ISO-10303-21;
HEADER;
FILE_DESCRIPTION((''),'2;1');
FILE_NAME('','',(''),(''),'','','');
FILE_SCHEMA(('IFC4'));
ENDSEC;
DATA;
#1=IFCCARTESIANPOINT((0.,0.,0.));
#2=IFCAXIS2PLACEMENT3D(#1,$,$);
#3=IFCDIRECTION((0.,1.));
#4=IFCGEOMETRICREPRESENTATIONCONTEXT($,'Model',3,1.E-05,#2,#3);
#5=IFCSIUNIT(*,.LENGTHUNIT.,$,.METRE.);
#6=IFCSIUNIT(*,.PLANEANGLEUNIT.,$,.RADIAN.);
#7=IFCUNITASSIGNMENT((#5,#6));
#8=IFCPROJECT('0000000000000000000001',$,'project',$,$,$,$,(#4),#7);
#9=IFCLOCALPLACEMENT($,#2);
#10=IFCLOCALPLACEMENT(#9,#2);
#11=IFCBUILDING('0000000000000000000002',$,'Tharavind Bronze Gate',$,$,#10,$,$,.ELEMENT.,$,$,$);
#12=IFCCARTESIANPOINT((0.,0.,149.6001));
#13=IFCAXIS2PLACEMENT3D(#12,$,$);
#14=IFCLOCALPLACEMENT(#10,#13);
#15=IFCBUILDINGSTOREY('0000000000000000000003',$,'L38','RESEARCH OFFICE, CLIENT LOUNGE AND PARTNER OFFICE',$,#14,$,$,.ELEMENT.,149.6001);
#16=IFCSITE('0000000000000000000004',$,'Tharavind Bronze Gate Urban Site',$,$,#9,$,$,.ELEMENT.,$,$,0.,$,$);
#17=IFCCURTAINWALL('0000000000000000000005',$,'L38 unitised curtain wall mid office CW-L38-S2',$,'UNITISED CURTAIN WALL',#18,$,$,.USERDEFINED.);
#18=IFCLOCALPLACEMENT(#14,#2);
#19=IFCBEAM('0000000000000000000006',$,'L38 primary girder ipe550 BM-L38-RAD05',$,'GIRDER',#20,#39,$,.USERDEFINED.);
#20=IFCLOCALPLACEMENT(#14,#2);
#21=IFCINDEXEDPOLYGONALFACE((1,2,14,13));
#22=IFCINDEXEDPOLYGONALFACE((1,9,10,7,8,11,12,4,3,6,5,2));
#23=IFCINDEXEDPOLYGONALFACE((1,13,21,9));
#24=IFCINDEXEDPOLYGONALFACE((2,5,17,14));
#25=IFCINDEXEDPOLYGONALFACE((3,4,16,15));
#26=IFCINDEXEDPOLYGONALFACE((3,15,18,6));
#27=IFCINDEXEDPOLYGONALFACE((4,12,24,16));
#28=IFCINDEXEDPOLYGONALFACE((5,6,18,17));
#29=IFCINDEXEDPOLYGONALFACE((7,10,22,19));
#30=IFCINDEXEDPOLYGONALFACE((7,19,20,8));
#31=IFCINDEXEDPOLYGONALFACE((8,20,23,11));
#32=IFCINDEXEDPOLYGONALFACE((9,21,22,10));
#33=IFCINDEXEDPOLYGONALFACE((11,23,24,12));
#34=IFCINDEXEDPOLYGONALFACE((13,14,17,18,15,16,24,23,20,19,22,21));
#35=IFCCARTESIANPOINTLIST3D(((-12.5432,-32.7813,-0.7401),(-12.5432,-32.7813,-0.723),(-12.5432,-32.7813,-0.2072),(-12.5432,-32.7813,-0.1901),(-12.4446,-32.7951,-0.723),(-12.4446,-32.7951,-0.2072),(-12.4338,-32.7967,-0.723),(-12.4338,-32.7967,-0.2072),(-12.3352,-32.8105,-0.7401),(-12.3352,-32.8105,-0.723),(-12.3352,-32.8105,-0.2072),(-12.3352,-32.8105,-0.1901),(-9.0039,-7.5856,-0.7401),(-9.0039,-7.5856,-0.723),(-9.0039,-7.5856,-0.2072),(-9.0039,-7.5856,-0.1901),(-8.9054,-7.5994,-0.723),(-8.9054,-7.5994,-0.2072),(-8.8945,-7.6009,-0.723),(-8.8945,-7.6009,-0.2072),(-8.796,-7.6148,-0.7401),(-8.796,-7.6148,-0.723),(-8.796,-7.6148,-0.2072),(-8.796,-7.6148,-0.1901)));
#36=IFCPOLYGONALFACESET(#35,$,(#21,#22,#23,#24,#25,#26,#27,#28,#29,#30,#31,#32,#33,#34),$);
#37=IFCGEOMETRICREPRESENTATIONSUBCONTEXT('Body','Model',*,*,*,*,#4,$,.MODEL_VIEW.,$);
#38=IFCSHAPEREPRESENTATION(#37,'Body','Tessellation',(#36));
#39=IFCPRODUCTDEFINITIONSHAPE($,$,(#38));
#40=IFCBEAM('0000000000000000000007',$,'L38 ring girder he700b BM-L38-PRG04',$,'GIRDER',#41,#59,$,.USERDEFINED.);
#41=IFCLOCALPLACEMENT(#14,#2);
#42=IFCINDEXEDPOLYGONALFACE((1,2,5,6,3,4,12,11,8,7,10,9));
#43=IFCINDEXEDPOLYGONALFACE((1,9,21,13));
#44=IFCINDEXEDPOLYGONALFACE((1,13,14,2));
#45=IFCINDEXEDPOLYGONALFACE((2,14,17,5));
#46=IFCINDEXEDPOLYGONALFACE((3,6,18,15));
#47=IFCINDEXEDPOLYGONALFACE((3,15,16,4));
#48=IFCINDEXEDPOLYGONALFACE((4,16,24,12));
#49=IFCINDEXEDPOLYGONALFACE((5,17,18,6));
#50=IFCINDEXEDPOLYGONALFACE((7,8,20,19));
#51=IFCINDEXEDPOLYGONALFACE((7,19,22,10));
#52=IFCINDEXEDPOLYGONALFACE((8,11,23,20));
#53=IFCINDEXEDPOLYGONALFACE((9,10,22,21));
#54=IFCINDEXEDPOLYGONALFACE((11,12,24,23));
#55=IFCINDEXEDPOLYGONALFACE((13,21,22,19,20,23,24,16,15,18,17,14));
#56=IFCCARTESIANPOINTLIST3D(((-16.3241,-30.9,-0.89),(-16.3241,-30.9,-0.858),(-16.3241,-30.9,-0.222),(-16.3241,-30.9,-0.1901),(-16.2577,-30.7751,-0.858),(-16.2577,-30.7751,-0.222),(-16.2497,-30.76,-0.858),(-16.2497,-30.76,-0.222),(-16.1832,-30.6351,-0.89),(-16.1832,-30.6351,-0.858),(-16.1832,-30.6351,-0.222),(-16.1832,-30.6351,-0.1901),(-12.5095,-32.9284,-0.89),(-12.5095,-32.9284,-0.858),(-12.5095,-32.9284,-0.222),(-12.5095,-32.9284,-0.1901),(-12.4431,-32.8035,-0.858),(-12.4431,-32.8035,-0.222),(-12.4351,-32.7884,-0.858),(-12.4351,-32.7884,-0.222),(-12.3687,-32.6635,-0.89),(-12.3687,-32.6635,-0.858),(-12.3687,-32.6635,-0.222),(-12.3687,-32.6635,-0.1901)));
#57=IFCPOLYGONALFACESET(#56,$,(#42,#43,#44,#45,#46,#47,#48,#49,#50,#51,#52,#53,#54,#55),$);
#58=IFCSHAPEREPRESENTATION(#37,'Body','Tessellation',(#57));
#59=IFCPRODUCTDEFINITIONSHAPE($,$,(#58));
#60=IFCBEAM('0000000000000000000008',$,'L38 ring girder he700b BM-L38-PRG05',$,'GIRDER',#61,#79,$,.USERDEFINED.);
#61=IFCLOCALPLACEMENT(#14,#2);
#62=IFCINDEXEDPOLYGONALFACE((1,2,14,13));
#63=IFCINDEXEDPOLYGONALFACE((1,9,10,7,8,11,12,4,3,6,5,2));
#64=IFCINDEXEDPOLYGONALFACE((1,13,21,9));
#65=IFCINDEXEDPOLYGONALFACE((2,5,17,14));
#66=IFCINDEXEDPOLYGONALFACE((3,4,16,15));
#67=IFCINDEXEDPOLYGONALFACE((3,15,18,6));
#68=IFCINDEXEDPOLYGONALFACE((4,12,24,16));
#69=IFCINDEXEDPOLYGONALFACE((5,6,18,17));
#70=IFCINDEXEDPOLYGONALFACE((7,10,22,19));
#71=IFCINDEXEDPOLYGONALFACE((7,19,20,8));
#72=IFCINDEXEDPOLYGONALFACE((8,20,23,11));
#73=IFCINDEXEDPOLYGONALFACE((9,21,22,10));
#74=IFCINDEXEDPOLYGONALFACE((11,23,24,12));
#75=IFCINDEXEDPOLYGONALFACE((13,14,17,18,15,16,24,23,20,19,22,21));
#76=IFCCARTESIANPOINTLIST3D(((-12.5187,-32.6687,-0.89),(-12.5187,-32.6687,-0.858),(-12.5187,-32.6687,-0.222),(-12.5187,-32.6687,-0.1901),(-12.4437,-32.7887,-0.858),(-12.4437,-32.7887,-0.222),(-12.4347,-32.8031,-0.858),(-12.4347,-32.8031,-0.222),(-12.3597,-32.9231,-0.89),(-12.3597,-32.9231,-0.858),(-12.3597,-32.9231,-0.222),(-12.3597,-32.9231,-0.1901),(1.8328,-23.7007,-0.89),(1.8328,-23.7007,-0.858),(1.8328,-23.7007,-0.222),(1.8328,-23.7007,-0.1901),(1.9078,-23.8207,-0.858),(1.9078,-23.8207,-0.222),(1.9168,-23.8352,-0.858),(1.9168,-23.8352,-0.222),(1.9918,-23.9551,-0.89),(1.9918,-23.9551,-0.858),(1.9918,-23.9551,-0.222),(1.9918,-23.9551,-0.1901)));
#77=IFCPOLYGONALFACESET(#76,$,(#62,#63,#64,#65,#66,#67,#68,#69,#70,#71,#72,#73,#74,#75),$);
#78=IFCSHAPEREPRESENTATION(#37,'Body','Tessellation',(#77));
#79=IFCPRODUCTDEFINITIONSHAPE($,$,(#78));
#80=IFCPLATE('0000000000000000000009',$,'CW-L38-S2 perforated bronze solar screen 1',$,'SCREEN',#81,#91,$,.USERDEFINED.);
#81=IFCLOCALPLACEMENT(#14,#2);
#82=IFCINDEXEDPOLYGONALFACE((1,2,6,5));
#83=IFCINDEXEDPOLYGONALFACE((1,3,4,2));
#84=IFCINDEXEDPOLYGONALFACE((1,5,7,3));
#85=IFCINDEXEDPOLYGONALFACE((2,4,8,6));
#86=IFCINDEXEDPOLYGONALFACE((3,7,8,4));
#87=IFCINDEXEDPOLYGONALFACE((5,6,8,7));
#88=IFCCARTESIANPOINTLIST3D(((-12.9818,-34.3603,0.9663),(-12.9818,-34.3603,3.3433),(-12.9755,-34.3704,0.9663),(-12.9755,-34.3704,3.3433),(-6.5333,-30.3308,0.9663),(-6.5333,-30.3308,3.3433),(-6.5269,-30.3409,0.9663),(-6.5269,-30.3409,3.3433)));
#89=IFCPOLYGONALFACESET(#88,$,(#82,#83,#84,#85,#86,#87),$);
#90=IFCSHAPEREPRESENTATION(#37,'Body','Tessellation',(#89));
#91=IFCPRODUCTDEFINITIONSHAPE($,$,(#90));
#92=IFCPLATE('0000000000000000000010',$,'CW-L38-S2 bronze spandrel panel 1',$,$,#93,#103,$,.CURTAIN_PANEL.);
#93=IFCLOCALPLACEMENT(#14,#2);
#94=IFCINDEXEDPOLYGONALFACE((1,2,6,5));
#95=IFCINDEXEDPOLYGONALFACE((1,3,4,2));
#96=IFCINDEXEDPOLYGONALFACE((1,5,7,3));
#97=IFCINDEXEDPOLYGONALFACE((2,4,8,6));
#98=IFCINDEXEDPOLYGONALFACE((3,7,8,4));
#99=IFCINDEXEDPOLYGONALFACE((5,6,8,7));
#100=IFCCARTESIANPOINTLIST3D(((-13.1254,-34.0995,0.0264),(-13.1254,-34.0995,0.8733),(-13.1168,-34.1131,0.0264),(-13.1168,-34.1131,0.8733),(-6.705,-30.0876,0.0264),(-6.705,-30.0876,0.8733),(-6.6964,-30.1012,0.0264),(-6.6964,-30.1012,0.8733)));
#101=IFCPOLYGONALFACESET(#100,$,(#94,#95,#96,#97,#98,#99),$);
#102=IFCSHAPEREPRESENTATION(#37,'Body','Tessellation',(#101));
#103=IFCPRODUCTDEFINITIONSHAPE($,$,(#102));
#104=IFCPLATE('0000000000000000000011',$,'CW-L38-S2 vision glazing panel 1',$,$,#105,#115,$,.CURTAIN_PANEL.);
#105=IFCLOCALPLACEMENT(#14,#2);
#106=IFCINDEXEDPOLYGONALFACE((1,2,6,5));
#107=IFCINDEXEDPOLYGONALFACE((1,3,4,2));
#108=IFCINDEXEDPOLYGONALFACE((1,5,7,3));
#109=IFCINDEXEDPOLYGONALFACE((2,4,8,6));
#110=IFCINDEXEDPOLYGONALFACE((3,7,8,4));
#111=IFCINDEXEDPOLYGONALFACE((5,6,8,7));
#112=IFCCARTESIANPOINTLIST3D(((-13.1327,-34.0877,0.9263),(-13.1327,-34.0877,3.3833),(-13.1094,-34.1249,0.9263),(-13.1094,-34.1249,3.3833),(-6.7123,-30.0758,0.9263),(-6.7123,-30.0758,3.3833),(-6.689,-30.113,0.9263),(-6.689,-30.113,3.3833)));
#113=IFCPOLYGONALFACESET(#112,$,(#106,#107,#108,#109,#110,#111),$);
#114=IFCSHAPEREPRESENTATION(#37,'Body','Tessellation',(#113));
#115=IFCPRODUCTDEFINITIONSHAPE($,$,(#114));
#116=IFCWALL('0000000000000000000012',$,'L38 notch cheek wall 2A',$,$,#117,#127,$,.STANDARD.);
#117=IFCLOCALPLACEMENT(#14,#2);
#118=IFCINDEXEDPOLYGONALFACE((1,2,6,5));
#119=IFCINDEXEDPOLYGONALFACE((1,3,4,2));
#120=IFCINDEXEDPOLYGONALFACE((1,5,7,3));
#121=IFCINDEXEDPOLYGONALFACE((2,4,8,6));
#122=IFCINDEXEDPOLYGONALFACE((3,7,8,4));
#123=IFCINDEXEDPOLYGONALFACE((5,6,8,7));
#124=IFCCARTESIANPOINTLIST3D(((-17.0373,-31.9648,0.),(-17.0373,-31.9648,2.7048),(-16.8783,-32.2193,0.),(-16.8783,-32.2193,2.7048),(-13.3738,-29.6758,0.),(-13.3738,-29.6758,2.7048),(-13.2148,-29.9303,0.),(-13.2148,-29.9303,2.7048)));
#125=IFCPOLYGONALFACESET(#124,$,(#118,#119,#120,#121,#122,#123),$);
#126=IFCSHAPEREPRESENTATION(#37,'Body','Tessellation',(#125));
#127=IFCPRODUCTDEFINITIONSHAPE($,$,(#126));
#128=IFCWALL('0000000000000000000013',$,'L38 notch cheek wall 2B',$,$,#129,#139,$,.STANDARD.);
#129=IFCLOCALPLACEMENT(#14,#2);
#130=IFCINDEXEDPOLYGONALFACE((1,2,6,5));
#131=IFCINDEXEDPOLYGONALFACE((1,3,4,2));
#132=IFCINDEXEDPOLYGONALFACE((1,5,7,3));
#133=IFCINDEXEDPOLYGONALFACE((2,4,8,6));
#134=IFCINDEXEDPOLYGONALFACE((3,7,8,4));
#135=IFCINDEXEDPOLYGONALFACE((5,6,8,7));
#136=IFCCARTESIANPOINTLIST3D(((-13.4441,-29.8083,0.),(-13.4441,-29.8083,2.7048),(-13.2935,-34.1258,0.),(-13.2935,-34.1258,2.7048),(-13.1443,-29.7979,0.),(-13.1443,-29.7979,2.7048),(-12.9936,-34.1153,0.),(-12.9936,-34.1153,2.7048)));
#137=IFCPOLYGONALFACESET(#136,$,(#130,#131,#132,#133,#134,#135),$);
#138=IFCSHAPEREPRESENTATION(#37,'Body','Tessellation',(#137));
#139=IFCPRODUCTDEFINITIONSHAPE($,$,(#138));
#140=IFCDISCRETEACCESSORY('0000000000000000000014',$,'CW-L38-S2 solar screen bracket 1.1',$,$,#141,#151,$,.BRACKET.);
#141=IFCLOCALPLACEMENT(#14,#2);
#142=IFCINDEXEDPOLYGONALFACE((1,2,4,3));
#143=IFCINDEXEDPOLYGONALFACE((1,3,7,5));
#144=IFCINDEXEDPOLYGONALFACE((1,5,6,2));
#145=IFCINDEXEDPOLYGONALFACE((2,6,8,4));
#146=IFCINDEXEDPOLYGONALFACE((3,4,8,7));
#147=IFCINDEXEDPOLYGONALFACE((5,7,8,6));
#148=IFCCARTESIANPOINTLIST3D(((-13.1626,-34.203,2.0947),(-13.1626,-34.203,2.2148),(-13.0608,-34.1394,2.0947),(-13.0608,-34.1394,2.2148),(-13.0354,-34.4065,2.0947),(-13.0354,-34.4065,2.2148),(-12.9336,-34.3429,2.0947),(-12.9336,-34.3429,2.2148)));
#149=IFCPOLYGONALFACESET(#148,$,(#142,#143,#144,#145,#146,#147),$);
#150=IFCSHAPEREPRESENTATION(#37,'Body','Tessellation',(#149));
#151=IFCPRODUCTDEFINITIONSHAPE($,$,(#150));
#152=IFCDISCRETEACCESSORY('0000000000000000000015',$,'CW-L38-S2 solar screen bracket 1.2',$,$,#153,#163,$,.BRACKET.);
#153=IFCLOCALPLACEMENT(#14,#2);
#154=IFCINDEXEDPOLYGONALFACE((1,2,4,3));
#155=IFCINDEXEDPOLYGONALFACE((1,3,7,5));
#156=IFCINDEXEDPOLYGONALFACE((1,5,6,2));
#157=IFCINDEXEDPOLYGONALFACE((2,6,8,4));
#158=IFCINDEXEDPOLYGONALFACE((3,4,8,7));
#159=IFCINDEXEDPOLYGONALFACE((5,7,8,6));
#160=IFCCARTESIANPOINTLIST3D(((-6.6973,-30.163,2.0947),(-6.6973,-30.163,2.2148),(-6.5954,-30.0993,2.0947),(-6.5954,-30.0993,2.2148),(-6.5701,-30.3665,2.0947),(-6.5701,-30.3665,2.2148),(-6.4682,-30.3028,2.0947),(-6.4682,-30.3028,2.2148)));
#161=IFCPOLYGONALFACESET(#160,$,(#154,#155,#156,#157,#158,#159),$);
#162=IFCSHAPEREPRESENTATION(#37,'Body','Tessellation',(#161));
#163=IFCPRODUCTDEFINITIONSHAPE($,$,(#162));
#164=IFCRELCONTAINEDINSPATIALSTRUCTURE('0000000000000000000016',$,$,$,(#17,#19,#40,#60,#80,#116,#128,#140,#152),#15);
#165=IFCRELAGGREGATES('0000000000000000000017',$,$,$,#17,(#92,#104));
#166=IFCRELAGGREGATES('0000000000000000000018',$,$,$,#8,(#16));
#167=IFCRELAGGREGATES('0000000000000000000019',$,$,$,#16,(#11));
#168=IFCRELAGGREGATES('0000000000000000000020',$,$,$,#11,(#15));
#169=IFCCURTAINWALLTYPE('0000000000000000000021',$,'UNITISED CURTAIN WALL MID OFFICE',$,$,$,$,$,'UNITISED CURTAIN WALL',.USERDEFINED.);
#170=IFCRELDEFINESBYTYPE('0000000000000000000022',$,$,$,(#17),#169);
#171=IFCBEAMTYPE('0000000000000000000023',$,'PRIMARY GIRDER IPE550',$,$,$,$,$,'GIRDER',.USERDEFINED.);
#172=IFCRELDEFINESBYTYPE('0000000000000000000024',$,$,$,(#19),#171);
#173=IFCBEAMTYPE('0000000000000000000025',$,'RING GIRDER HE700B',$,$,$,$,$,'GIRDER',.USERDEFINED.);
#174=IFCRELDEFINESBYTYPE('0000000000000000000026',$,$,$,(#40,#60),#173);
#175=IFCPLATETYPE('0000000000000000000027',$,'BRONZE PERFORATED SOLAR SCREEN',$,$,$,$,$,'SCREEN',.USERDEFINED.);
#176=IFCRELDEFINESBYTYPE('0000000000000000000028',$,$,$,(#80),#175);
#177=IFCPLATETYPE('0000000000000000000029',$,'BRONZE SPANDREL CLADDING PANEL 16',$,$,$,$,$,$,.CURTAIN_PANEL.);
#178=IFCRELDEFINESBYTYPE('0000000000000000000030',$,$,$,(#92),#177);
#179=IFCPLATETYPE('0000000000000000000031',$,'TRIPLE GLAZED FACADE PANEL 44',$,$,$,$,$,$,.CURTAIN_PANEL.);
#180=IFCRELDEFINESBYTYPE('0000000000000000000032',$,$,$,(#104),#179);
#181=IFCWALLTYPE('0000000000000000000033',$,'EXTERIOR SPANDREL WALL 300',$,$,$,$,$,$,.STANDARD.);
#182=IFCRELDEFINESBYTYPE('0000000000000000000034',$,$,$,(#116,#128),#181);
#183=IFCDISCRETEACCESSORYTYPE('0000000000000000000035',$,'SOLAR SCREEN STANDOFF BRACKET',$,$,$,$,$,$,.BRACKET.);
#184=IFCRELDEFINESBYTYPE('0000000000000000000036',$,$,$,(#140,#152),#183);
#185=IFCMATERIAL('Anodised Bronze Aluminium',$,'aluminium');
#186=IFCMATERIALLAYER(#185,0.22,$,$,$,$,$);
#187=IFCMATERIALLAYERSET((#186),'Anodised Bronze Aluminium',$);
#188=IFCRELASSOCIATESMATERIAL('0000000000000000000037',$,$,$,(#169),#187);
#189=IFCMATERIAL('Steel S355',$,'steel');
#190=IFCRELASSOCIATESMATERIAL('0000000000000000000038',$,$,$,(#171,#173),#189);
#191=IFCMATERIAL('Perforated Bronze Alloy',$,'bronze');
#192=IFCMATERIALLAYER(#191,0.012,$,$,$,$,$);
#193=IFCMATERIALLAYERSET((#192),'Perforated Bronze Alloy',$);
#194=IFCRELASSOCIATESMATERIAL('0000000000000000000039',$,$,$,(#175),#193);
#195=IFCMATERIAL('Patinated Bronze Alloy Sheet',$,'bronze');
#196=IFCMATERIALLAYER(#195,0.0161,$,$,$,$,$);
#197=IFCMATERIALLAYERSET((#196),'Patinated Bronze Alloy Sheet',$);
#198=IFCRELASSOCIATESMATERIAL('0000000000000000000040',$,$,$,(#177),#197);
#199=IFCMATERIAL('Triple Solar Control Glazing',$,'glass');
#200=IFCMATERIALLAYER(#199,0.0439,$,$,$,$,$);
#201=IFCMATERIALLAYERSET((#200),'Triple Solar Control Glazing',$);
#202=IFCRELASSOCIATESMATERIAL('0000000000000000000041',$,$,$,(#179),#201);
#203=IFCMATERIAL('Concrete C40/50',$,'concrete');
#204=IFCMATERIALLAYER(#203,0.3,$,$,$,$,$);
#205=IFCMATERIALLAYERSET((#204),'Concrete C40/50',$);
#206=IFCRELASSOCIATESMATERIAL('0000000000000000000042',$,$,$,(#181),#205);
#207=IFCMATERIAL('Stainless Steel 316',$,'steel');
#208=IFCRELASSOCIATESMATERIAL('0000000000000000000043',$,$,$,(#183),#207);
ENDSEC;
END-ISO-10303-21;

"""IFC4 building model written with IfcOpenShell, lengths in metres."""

from ifc_helpers import new_model, si_unit, direction, frame, frame_2d, origin, origin_2d, place, context, subcontext, project, spatial, rectangle, i_section, extrude, material, layer, layer_set, material_profile, profile_set, type_object, element, aggregate, save


model = new_model("IFC4")

# Units and contexts
model_context = context("Model", 3, precision=1e-05, world=origin(), true_north=direction((0.0, 1.0)))
body_context = subcontext(model_context, "Body", "Model", "MODEL_VIEW")
ifc_project = project(units=[si_unit("LENGTHUNIT", "METRE"), si_unit("PLANEANGLEUNIT", "RADIAN")], contexts=[model_context])

# Site, building, storey
site_placement = place(None, origin())
site = spatial("IfcSite", under=ifc_project, at=site_placement, Name="Tharavind Bronze Gate Urban Site", CompositionType="ELEMENT", RefElevation=0.0)
building_placement = place(site_placement, origin())
building = spatial("IfcBuilding", under=site, at=building_placement, Name="Tharavind Bronze Gate", CompositionType="ELEMENT")
storey_placement = place(building_placement, frame((0.0, 0.0, 149.6001)))
storey = spatial("IfcBuildingStorey", under=building, at=storey_placement, Name="L38", Description="RESEARCH OFFICE, CLIENT LOUNGE AND PARTNER OFFICE", CompositionType="ELEMENT", Elevation=149.6001)

# Shared definitions
ifc_material_1 = material(Name="Anodised Bronze Aluminium", Category="aluminium")
ifc_layer_1 = layer(ifc_material_1, 0.22)
ifc_layer_set_1 = layer_set([ifc_layer_1], Name="Anodised Bronze Aluminium")
curtain_wall_type = type_object("IfcCurtainWallType", Name="UNITISED CURTAIN WALL MID OFFICE", ElementType="UNITISED CURTAIN WALL", PredefinedType="USERDEFINED", material=ifc_layer_set_1)

# Curtain wall
curtain_wall_1_placement = place(storey_placement, origin())
curtain_wall_1 = element("IfcCurtainWall", 1, at=curtain_wall_1_placement, inside=storey, type_object=curtain_wall_type, Name="L38 unitised curtain wall mid office CW-L38-S2", ObjectType="UNITISED CURTAIN WALL", PredefinedType="USERDEFINED")

# Beams
ifc_material_2 = material(Name="Steel S355", Category="steel")
ifc_material_profile_1 = material_profile(ifc_material_2, i_section(OverallWidth=0.21, OverallDepth=0.55, WebThickness=0.011, FlangeThickness=0.0171, at=origin_2d()), Name="IPE550")
ifc_profile_set_1 = profile_set([ifc_material_profile_1], Name="Steel S355")
beam_type_1 = type_object("IfcBeamType", Name="PRIMARY GIRDER IPE550", ElementType="GIRDER", PredefinedType="USERDEFINED", material=ifc_profile_set_1)
beam_1_placement = place(storey_placement, frame((-12.4392, -32.7959, -0.4651), z_axis=(0.139106, 0.990277, 0.0), x_axis=(-0.990277, 0.139106, 0.0)))
element("IfcBeam", 2, at=beam_1_placement, inside=storey, type_object=beam_type_1, Name="L38 primary girder ipe550 BM-L38-RAD05", ObjectType="GIRDER", PredefinedType="USERDEFINED", context=body_context, shape_type="SweptSolid", body=[
    extrude(i_section(OverallWidth=0.21, OverallDepth=0.55, WebThickness=0.011, FlangeThickness=0.0171, at=origin_2d()), origin(), (0.0, 0.0, 1.0), 25.4431),
])
ifc_material_profile_2 = material_profile(ifc_material_2, i_section(OverallWidth=0.3, OverallDepth=0.7, WebThickness=0.0171, FlangeThickness=0.032, at=origin_2d()), Name="HE700B")
ifc_profile_set_2 = profile_set([ifc_material_profile_2], Name="Steel S355")
beam_type_2 = type_object("IfcBeamType", Name="RING GIRDER HE700B", ElementType="GIRDER", PredefinedType="USERDEFINED", material=ifc_profile_set_2)
beam_2_placement = place(storey_placement, frame((-16.2537, -30.7676, -0.54), z_axis=(0.882934, -0.469497, 0.0), x_axis=(0.469497, 0.882934, 0.0)))
element("IfcBeam", 3, at=beam_2_placement, inside=storey, type_object=beam_type_2, Name="L38 ring girder he700b BM-L38-PRG04", ObjectType="GIRDER", PredefinedType="USERDEFINED", context=body_context, shape_type="SweptSolid", body=[
    extrude(i_section(OverallWidth=0.3, OverallDepth=0.7, WebThickness=0.0171, FlangeThickness=0.032, at=origin_2d()), origin(), (0.0, 0.0, 1.0), 4.3203),
])
beam_3_placement = place(storey_placement, frame((-12.4392, -32.7959, -0.54), z_axis=(0.848044, 0.529926, 0.0), x_axis=(-0.529926, 0.848044, 0.0)))
element("IfcBeam", 4, at=beam_3_placement, inside=storey, type_object=beam_type_2, Name="L38 ring girder he700b BM-L38-PRG05", ObjectType="GIRDER", PredefinedType="USERDEFINED", context=body_context, shape_type="SweptSolid", body=[
    extrude(i_section(OverallWidth=0.3, OverallDepth=0.7, WebThickness=0.0171, FlangeThickness=0.032, at=origin_2d()), origin(), (0.0, 0.0, 1.0), 16.9231),
])

# Plates
ifc_material_3 = material(Name="Perforated Bronze Alloy", Category="bronze")
ifc_layer_2 = layer(ifc_material_3, 0.012)
ifc_layer_set_2 = layer_set([ifc_layer_2], Name="Perforated Bronze Alloy")
plate_type_1 = type_object("IfcPlateType", Name="BRONZE PERFORATED SOLAR SCREEN", ElementType="SCREEN", PredefinedType="USERDEFINED", material=ifc_layer_set_2)
plate_1_placement = place(storey_placement, frame((-9.7544, -32.3506, 0.9663), z_axis=(0.0, 0.0, 1.0), x_axis=(0.848048, 0.529919, 0.0)))
element("IfcPlate", 5, at=plate_1_placement, inside=storey, type_object=plate_type_1, Name="CW-L38-S2 perforated bronze solar screen 1", ObjectType="SCREEN", PredefinedType="USERDEFINED", context=body_context, shape_type="SweptSolid", body=[
    extrude(rectangle(XDim=7.604, YDim=0.012, at=origin_2d()), origin(), (0.0, 0.0, 1.0), 2.377),
])
ifc_material_4 = material(Name="Patinated Bronze Alloy Sheet", Category="bronze")
ifc_layer_3 = layer(ifc_material_4, 0.0161)
ifc_layer_set_3 = layer_set([ifc_layer_3], Name="Patinated Bronze Alloy Sheet")
plate_type_2 = type_object("IfcPlateType", Name="BRONZE SPANDREL CLADDING PANEL 16", PredefinedType="CURTAIN_PANEL", material=ifc_layer_set_3)
plate_2_placement = place(storey_placement, frame((-9.9109, -32.1003, 0.0264), z_axis=(0.0, 0.0, 1.0), x_axis=(0.848048, 0.529919, 0.0)))
plate_2 = element("IfcPlate", 6, at=plate_2_placement, type_object=plate_type_2, Name="CW-L38-S2 bronze spandrel panel 1", PredefinedType="CURTAIN_PANEL", context=body_context, shape_type="SweptSolid", body=[
    extrude(rectangle(XDim=7.5708, YDim=0.0161, at=origin_2d()), origin(), (0.0, 0.0, 1.0), 0.8469),
])
ifc_material_5 = material(Name="Triple Solar Control Glazing", Category="glass")
ifc_layer_4 = layer(ifc_material_5, 0.0439)
ifc_layer_set_4 = layer_set([ifc_layer_4], Name="Triple Solar Control Glazing")
plate_type_3 = type_object("IfcPlateType", Name="TRIPLE GLAZED FACADE PANEL 44", PredefinedType="CURTAIN_PANEL", material=ifc_layer_set_4)
plate_3_placement = place(storey_placement, frame((-9.9109, -32.1003, 0.9263), z_axis=(0.0, 0.0, 1.0), x_axis=(0.848048, 0.529919, 0.0)))
plate_3 = element("IfcPlate", 7, at=plate_3_placement, type_object=plate_type_3, Name="CW-L38-S2 vision glazing panel 1", PredefinedType="CURTAIN_PANEL", context=body_context, shape_type="SweptSolid", body=[
    extrude(rectangle(XDim=7.5708, YDim=0.0439, at=origin_2d()), origin(), (0.0, 0.0, 1.0), 2.457),
])
aggregate(curtain_wall_1, [plate_2, plate_3])

# Walls
ifc_material_6 = material(Name="Concrete C40/50", Category="concrete")
ifc_layer_5 = layer(ifc_material_6, 0.3)
ifc_layer_set_5 = layer_set([ifc_layer_5], Name="Concrete C40/50")
wall_type = type_object("IfcWallType", Name="EXTERIOR SPANDREL WALL 300", PredefinedType="STANDARD", material=ifc_layer_set_5)
wall_1_placement = place(storey_placement, frame((-16.9578, -32.092, 0.0), z_axis=(0.0, 0.0, 1.0), x_axis=(0.848068, 0.529887, 0.0)))
element("IfcWall", 8, at=wall_1_placement, inside=storey, type_object=wall_type, Name="L38 notch cheek wall 2A", PredefinedType="STANDARD", context=body_context, shape_type="SweptSolid", body=[
    extrude(rectangle(XDim=4.3198, YDim=0.3, at=frame_2d((2.1599, 0.0))), origin(), (0.0, 0.0, 1.0), 2.7048),
])
wall_2_placement = place(storey_placement, frame((-13.2942, -29.803, 0.0), z_axis=(0.0, 0.0, 1.0), x_axis=(0.034869, -0.999392, 0.0)))
element("IfcWall", 9, at=wall_2_placement, inside=storey, type_object=wall_type, Name="L38 notch cheek wall 2B", PredefinedType="STANDARD", context=body_context, shape_type="SweptSolid", body=[
    extrude(rectangle(XDim=4.3201, YDim=0.3, at=frame_2d((2.1602, 0.0))), origin(), (0.0, 0.0, 1.0), 2.7048),
])

# Discrete accessories
ifc_material_7 = material(Name="Stainless Steel 316", Category="steel")
discrete_accessory_type = type_object("IfcDiscreteAccessoryType", Name="SOLAR SCREEN STANDOFF BRACKET", PredefinedType="BRACKET", material=ifc_material_7)
for number, where, z_axis, x_axis, name in (
    (10, (-13.0481, -34.2729, 2.0947), (0.0, 0.0, 1.0), (0.848048, 0.529919, 0.0), "CW-L38-S2 solar screen bracket 1.1"),
    (11, (-6.5828, -30.2329, 2.0947), (0.0, 0.0, 1.0), (0.848048, 0.529919, 0.0), "CW-L38-S2 solar screen bracket 1.2"),
):
    element("IfcDiscreteAccessory", number, at=place(storey_placement, frame(where, z_axis=z_axis, x_axis=x_axis)), inside=storey, type_object=discrete_accessory_type, Name=name, PredefinedType="BRACKET", context=body_context, shape_type="SweptSolid", body=[
        extrude(rectangle(XDim=0.1201, YDim=0.24, at=origin_2d()), origin(), (0.0, 0.0, 1.0), 0.1201),
    ])

save(model, "model.ifc")
